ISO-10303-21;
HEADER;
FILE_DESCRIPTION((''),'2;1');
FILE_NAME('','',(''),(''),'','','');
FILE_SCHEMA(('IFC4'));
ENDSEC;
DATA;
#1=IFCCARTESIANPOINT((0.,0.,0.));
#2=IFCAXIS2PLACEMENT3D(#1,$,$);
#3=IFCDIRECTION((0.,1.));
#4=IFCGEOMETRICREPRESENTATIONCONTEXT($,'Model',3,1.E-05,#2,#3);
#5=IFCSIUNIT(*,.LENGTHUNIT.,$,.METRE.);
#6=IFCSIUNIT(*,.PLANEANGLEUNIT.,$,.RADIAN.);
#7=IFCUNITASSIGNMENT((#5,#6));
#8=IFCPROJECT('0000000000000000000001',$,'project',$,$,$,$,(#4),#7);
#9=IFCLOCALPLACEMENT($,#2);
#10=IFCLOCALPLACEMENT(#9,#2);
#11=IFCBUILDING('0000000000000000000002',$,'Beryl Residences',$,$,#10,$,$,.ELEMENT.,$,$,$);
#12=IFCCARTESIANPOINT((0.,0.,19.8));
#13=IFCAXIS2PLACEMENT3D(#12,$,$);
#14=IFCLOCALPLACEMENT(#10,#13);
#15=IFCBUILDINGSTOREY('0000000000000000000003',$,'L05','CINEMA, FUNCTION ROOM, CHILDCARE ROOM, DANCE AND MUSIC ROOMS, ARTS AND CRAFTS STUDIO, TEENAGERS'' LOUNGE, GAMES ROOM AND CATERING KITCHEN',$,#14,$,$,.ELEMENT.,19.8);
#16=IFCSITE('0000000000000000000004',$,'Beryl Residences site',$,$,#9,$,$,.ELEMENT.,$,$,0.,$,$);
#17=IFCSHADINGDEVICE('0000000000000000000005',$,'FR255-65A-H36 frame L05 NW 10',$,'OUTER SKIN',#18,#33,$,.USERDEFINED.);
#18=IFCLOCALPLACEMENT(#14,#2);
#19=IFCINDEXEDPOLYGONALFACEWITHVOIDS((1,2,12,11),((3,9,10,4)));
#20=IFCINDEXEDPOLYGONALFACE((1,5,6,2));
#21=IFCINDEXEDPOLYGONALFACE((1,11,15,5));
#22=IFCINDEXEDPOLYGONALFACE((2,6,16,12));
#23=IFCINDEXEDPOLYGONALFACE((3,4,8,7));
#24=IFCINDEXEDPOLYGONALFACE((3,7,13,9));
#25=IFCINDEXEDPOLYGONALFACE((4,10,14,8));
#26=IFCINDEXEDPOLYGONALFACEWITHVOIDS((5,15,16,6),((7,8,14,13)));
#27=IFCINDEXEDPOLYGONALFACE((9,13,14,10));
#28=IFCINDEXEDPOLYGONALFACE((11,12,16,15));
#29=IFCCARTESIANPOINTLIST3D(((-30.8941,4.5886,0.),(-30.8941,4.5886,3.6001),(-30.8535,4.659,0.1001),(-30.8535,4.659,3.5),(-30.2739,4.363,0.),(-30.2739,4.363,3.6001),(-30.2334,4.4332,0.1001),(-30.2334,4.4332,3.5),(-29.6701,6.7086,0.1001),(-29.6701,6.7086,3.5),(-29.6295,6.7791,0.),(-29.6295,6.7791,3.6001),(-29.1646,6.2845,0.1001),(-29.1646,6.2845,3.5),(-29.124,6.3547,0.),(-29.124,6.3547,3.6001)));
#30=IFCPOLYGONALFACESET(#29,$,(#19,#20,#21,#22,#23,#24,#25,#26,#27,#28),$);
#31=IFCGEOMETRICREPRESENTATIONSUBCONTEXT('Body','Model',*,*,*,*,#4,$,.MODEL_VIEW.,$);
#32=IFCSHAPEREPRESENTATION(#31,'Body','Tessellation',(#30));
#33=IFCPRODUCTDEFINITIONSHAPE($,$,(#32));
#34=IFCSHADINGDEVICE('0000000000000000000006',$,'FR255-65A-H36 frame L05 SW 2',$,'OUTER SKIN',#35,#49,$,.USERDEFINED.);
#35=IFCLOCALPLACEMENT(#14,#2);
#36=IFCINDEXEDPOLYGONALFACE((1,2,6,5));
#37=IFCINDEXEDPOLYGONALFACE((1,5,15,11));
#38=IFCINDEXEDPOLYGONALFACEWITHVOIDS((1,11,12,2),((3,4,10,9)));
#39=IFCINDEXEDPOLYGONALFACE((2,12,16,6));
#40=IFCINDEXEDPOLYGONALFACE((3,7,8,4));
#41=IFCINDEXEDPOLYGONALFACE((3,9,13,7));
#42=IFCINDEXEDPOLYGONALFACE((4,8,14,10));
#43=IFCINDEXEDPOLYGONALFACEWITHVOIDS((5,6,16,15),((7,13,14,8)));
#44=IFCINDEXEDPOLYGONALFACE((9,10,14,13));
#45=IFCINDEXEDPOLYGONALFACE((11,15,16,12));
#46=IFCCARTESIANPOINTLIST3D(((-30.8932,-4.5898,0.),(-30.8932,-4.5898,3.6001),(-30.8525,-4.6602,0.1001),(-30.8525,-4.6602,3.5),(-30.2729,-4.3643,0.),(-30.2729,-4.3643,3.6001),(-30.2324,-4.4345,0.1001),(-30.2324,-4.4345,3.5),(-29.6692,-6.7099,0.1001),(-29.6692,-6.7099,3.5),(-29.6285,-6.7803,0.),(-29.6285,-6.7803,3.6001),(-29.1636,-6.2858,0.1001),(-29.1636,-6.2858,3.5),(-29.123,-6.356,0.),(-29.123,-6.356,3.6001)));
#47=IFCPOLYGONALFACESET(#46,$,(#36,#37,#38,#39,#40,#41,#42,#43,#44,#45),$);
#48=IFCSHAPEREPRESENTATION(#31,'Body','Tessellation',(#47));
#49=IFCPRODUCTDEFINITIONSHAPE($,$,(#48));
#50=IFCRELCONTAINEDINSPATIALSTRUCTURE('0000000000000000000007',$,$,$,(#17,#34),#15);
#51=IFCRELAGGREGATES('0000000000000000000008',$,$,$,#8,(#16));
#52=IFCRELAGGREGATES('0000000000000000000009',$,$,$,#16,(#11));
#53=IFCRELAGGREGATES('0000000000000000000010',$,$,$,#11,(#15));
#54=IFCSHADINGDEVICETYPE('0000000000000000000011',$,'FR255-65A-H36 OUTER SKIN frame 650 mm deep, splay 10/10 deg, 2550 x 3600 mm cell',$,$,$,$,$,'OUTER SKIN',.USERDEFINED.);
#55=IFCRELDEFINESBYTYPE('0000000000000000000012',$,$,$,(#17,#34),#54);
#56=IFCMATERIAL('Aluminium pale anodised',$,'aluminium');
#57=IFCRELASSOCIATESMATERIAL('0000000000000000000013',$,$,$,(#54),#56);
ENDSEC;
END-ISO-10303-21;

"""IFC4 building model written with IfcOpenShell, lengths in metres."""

from ifc_helpers import new_model, entity, si_unit, direction, frame, origin, place, context, subcontext, project, spatial, source, transform, mapped, material, type_object, type_shapes, element, save


model = new_model("IFC4")

# Units and contexts
model_context = context("Model", 3, precision=1e-05, world=origin(), true_north=direction((0.0, 1.0)))
body_context = subcontext(model_context, "Body", "Model", "MODEL_VIEW")
ifc_project = project(units=[si_unit("LENGTHUNIT", "METRE"), si_unit("PLANEANGLEUNIT", "RADIAN")], contexts=[model_context])

# Site, building, storey
site_placement = place(None, origin())
site = spatial("IfcSite", under=ifc_project, at=site_placement, Name="Beryl Residences site", CompositionType="ELEMENT", RefElevation=0.0)
building_placement = place(site_placement, origin())
building = spatial("IfcBuilding", under=site, at=building_placement, Name="Beryl Residences", CompositionType="ELEMENT")
storey_placement = place(building_placement, frame((0.0, 0.0, 19.8)))
storey = spatial("IfcBuildingStorey", under=building, at=storey_placement, Name="L05", Description="CINEMA, FUNCTION ROOM, CHILDCARE ROOM, DANCE AND MUSIC ROOMS, ARTS AND CRAFTS STUDIO, TEENAGERS' LOUNGE, GAMES ROOM AND CATERING KITCHEN", CompositionType="ELEMENT", Elevation=19.8)

# Shading devices
ifc_material_1 = material(Name="Aluminium pale anodised", Category="aluminium")
shading_device_type_1 = type_object("IfcShadingDeviceType", Name="FR255-65A-H36 OUTER SKIN frame 650 mm deep, splay 10/10 deg, 2550 x 3600 mm cell", ElementType="OUTER SKIN", PredefinedType="USERDEFINED", material=ifc_material_1)
cartesian_point_1 = entity("IfcCartesianPoint", [-1.1499, 0.0])
cartesian_point_2 = entity("IfcCartesianPoint", [-1.0688, 0.1001])
cartesian_point_3 = entity("IfcCartesianPoint", [-1.2646, 0.0])
cartesian_point_4 = entity("IfcCartesianPoint", [-1.1833, 0.1001])
shared_shape_1 = source(origin(), body_context, "Body", "SweptSolid", [
    entity("IfcExtrudedAreaSolidTapered", entity("IfcArbitraryProfileDefWithVoids", "AREA", None, entity("IfcPolyline", [cartesian_point_1, entity("IfcCartesianPoint", [1.1499, 0.0]), entity("IfcCartesianPoint", [1.1499, 3.6001]), entity("IfcCartesianPoint", [-1.1499, 3.6001]), cartesian_point_1]), [entity("IfcPolyline", [cartesian_point_2, entity("IfcCartesianPoint", [1.0688, 0.1001]), entity("IfcCartesianPoint", [1.0688, 3.5]), entity("IfcCartesianPoint", [-1.0688, 3.5]), cartesian_point_2])]), entity("IfcAxis2Placement3D", entity("IfcCartesianPoint", [0.0, 0.0, 0.0]), entity("IfcDirection", [0.0, 1.0, 0.0]), entity("IfcDirection", [-1.0, 0.0, 0.0])), entity("IfcDirection", [0.0, 0.0, 1.0]), 0.6499, entity("IfcArbitraryProfileDefWithVoids", "AREA", None, entity("IfcPolyline", [cartesian_point_3, entity("IfcCartesianPoint", [1.2646, 0.0]), entity("IfcCartesianPoint", [1.2646, 3.6001]), entity("IfcCartesianPoint", [-1.2646, 3.6001]), cartesian_point_3]), [entity("IfcPolyline", [cartesian_point_4, entity("IfcCartesianPoint", [1.1833, 0.1001]), entity("IfcCartesianPoint", [1.1833, 3.5]), entity("IfcCartesianPoint", [-1.1833, 3.5]), cartesian_point_4])])),
])
type_shapes(shading_device_type_1, [shared_shape_1])
for number, where, z_axis, x_axis, name in (
    (1, (-29.699, 5.3589, 0.0), (0.0, 0.0, 1.0), (0.5, 0.866025, 0.0), "FR255-65A-H36 frame L05 NW 10"),
    (2, (-29.698, -5.3601, 0.0), (0.0, 0.0, 1.0), (-0.5, 0.866025, 0.0), "FR255-65A-H36 frame L05 SW 2"),
):
    element("IfcShadingDevice", number, at=place(storey_placement, frame(where, z_axis=z_axis, x_axis=x_axis)), inside=storey, type_object=shading_device_type_1, Name=name, ObjectType="OUTER SKIN", PredefinedType="USERDEFINED", context=body_context, shape_type="MappedRepresentation", body=[
        mapped(shared_shape_1, transform((0.0, 0.0, 0.0))),
    ])

save(model, "model.ifc")
